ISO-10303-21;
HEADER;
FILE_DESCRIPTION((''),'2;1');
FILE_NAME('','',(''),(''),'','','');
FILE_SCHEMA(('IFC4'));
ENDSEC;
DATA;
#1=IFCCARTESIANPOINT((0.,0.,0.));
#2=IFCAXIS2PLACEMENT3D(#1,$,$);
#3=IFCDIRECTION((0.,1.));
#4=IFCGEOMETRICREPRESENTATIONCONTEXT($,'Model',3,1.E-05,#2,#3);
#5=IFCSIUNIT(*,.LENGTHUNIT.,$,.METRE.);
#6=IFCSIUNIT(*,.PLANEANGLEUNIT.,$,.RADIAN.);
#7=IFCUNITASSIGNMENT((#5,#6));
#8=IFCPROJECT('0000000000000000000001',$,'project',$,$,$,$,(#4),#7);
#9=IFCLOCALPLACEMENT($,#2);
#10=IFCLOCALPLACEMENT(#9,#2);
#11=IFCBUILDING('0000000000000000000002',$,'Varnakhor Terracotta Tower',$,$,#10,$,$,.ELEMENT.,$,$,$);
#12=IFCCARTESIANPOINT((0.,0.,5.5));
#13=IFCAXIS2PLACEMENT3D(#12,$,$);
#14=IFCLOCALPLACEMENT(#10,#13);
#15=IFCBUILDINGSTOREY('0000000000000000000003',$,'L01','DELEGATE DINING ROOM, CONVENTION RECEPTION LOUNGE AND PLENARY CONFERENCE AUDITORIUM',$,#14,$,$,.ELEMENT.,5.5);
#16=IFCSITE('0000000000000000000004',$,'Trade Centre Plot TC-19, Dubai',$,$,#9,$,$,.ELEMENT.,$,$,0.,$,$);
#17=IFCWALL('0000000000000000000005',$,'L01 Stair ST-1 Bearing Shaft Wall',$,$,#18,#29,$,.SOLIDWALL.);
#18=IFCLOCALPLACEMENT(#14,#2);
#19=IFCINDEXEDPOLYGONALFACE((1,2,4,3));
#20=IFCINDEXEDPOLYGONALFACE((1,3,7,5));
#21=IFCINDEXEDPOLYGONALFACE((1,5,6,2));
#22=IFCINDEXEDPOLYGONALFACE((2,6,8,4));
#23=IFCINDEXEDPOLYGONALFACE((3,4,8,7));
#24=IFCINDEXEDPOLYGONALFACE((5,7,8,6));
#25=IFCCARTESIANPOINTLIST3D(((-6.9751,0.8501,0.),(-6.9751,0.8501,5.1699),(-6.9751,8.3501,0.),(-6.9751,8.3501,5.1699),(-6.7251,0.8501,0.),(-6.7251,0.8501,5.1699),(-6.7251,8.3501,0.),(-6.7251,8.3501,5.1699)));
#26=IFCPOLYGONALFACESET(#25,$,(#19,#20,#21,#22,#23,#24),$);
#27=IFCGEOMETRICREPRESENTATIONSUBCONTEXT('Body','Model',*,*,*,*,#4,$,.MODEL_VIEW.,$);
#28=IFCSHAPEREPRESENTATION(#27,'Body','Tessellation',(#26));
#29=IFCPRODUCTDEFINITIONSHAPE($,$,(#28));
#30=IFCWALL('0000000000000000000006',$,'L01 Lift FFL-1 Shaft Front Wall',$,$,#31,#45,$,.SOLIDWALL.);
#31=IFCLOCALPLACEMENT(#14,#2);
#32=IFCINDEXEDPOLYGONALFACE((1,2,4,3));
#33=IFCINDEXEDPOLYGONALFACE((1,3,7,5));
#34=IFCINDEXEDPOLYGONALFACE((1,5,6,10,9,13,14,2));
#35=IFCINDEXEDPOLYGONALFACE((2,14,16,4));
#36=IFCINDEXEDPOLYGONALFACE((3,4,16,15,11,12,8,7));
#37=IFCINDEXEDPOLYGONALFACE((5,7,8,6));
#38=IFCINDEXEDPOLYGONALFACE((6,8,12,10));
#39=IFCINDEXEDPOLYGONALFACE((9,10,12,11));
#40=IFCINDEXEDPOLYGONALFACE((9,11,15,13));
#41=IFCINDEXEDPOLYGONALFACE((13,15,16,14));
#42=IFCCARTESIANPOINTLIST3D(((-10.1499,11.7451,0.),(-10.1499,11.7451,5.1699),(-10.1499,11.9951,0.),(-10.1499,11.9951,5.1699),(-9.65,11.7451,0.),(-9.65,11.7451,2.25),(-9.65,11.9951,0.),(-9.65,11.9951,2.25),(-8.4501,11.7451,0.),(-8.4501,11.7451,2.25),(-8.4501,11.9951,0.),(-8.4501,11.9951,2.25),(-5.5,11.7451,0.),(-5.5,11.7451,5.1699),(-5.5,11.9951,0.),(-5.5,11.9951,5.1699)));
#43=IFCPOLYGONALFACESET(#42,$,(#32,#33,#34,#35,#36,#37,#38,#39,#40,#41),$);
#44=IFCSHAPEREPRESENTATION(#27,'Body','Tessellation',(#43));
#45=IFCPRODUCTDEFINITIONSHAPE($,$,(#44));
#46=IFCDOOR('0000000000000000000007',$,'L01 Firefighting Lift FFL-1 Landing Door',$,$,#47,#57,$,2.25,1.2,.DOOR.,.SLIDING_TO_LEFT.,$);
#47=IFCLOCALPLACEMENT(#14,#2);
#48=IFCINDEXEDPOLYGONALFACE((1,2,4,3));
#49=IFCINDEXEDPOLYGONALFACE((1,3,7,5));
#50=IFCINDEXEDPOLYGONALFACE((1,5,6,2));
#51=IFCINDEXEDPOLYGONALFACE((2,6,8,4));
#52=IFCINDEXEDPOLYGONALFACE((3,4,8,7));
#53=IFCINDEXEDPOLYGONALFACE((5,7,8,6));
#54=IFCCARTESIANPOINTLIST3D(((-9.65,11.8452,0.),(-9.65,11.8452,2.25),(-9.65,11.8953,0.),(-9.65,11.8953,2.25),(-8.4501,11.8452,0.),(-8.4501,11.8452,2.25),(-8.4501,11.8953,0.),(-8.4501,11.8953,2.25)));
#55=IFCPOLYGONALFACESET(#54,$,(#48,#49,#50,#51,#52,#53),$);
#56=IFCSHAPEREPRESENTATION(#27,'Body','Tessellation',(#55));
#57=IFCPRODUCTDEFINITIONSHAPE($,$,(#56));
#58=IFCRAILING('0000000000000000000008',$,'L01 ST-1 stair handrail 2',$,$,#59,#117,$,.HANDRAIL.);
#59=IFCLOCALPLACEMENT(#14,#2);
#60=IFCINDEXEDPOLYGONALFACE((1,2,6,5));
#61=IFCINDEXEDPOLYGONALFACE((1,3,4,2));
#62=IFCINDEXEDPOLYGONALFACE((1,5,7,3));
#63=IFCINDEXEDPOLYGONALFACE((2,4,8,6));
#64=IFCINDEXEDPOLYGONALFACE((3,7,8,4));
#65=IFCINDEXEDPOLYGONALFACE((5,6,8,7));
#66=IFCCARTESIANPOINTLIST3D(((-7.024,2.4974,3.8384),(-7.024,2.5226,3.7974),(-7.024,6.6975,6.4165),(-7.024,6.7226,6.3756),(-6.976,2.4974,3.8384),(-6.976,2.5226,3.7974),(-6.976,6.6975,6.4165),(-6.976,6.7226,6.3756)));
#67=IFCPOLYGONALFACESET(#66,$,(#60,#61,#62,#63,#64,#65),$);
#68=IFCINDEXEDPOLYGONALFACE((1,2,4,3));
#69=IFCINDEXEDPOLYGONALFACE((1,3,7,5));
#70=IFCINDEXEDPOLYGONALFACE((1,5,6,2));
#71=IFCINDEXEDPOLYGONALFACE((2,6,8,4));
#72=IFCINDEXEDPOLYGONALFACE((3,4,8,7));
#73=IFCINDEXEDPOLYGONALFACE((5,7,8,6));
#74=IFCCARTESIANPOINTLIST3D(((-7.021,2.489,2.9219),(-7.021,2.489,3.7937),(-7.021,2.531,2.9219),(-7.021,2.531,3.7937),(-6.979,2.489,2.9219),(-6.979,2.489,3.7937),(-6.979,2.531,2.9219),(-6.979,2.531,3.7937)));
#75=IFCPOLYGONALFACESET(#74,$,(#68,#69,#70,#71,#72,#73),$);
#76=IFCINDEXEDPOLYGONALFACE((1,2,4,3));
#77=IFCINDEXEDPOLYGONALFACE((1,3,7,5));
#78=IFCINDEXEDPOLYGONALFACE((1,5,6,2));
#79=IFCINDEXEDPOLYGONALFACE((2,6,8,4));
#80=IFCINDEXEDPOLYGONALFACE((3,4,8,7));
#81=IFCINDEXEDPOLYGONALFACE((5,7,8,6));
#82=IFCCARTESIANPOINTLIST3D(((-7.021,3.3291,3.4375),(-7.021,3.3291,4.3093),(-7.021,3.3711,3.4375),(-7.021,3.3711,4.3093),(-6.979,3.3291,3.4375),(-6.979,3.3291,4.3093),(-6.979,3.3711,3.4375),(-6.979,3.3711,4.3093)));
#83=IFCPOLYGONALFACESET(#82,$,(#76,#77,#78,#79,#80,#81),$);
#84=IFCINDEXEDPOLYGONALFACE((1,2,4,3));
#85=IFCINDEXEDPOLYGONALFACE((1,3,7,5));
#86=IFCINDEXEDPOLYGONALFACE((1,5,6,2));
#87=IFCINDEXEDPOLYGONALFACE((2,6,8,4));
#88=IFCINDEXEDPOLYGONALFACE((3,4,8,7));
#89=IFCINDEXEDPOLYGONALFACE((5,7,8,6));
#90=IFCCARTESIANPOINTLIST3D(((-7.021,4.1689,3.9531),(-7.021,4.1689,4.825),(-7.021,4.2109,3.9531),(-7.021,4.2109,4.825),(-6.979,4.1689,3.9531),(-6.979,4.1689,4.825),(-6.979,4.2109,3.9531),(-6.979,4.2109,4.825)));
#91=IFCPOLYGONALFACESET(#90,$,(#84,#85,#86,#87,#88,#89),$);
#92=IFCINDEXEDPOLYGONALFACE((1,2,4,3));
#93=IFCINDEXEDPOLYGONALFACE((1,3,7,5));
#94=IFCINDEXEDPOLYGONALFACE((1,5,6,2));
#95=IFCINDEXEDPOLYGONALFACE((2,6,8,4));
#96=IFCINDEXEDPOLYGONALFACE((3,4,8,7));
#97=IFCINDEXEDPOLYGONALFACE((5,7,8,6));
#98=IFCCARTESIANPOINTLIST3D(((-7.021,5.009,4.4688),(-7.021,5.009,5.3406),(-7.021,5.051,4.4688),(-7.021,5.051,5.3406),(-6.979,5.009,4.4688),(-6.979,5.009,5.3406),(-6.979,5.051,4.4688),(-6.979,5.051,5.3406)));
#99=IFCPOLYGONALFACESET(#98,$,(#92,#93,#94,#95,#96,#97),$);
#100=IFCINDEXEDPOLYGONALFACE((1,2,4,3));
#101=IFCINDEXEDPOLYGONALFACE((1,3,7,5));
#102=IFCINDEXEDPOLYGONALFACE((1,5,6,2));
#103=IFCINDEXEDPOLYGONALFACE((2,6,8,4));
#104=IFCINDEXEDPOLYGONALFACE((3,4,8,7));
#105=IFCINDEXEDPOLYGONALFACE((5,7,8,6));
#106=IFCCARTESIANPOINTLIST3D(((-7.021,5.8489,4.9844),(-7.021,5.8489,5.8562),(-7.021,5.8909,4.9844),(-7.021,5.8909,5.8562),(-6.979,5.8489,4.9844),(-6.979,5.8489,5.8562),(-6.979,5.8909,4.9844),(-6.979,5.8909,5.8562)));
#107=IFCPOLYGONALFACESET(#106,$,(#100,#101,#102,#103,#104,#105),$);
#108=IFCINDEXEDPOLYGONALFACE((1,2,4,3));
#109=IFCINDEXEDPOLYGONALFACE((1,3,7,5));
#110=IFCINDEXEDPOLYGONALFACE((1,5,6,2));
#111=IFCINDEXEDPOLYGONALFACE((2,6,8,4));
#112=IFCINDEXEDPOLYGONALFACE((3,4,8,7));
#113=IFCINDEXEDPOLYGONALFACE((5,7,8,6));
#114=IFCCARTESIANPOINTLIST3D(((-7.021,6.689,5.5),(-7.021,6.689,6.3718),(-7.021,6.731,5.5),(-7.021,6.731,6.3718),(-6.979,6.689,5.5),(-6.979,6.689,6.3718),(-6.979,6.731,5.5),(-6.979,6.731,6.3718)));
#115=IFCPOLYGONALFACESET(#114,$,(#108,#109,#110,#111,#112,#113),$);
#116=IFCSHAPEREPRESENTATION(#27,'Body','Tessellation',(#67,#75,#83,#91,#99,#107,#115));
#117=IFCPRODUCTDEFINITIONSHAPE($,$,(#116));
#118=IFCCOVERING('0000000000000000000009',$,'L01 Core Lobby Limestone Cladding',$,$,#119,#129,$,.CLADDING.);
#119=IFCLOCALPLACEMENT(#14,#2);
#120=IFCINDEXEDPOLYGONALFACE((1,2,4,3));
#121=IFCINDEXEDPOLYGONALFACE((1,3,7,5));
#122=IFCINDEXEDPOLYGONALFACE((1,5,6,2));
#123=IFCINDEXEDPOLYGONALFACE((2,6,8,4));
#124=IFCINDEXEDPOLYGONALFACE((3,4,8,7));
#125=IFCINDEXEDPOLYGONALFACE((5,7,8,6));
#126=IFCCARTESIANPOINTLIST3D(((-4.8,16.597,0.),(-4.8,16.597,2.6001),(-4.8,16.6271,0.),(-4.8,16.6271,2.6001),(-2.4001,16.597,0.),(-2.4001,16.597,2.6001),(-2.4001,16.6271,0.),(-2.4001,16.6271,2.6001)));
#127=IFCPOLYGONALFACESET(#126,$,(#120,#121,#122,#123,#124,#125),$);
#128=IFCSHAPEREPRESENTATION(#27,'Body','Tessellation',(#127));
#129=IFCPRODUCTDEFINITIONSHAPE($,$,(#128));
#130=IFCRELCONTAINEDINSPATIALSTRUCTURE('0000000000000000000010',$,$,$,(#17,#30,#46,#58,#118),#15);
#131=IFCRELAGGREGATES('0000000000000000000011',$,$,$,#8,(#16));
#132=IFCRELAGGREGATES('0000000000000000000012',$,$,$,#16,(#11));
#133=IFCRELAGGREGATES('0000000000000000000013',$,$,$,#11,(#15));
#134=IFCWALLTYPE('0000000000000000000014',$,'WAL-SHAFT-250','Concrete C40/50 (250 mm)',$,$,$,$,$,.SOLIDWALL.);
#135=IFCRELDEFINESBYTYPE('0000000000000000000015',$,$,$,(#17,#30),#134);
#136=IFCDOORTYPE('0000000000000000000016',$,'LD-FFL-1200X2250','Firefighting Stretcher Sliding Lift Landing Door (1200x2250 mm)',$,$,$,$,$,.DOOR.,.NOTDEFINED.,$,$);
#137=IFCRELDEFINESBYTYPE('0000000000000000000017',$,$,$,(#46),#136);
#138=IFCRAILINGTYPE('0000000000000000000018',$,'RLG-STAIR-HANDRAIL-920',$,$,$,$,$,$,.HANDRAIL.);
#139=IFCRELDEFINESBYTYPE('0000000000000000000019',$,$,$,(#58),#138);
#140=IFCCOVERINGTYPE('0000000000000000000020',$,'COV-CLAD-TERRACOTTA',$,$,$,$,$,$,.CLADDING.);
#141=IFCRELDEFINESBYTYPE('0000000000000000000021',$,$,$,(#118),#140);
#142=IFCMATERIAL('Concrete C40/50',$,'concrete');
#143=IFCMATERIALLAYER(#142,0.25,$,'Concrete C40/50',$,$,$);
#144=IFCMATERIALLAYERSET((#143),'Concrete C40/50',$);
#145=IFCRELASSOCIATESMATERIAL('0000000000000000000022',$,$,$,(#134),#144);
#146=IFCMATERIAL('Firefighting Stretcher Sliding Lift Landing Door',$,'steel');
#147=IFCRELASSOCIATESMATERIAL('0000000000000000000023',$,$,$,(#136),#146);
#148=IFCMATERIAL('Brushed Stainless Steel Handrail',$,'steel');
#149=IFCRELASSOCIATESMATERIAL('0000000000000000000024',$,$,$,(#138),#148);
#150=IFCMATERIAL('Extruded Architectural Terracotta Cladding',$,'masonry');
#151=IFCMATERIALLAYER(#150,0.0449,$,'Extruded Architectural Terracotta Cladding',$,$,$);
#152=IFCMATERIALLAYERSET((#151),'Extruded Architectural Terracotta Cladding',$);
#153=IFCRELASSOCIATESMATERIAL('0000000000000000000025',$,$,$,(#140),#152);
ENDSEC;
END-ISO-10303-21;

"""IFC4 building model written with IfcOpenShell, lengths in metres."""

from ifc_helpers import new_model, si_unit, direction, frame, frame_2d, origin, origin_2d, place, context, subcontext, project, spatial, rectangle, extrude, source, transform, mapped, material, layer, layer_set, type_object, type_shapes, element, fill, save


model = new_model("IFC4")

# Units and contexts
model_context = context("Model", 3, precision=1e-05, world=origin(), true_north=direction((0.0, 1.0)))
body_context = subcontext(model_context, "Body", "Model", "MODEL_VIEW")
ifc_project = project(units=[si_unit("LENGTHUNIT", "METRE"), si_unit("PLANEANGLEUNIT", "RADIAN")], contexts=[model_context])

# Site, building, storey
site_placement = place(None, origin())
site = spatial("IfcSite", under=ifc_project, at=site_placement, Name="Trade Centre Plot TC-19, Dubai", CompositionType="ELEMENT", RefElevation=0.0)
building_placement = place(site_placement, origin())
building = spatial("IfcBuilding", under=site, at=building_placement, Name="Varnakhor Terracotta Tower", CompositionType="ELEMENT")
storey_placement = place(building_placement, frame((0.0, 0.0, 5.5)))
storey = spatial("IfcBuildingStorey", under=building, at=storey_placement, Name="L01", Description="DELEGATE DINING ROOM, CONVENTION RECEPTION LOUNGE AND PLENARY CONFERENCE AUDITORIUM", CompositionType="ELEMENT", Elevation=5.5)

# Shared definitions
ifc_material_1 = material(Name="Concrete C40/50", Category="concrete")

# Wall
ifc_layer_1 = layer(ifc_material_1, 0.25, Name="Concrete C40/50")
ifc_layer_set_1 = layer_set([ifc_layer_1], Name="Concrete C40/50")
wall_type_1 = type_object("IfcWallType", Name="WAL-SHAFT-250", Description="Concrete C40/50 (250 mm)", PredefinedType="SOLIDWALL", material=ifc_layer_set_1)
wall_1_placement = place(storey_placement, frame((-6.8501, 0.8501, 0.0), z_axis=(0.0, 0.0, 1.0), x_axis=(0.0, 1.0, 0.0)))
element("IfcWall", 1, at=wall_1_placement, inside=storey, type_object=wall_type_1, Name="L01 Stair ST-1 Bearing Shaft Wall", PredefinedType="SOLIDWALL", context=body_context, shape_type="SweptSolid", body=[
    extrude(rectangle(XDim=7.5, YDim=0.25, at=frame_2d((3.75, 0.0))), origin(), (0.0, 0.0, 1.0), 5.1699),
])

# Wall, opening, door
wall_2_placement = place(storey_placement, frame((-5.5, 11.8701, 0.0), z_axis=(0.0, 0.0, 1.0), x_axis=(-1.0, 0.0, 0.0)))
wall_2 = element("IfcWall", 2, at=wall_2_placement, inside=storey, type_object=wall_type_1, Name="L01 Lift FFL-1 Shaft Front Wall", PredefinedType="SOLIDWALL", context=body_context, shape_type="SweptSolid", body=[
    extrude(rectangle(XDim=4.6499, YDim=0.25, at=frame_2d((2.325, 0.0))), origin(), (0.0, 0.0, 1.0), 5.1699),
])
opening_1_placement = place(wall_2_placement, frame((2.95, 0.0, 0.0)))
opening_1 = element("IfcOpeningElement", 3, at=opening_1_placement, cuts=wall_2, PredefinedType="OPENING", context=body_context, shape_type="SweptSolid", body=[
    extrude(rectangle(XDim=1.2, YDim=2.25, at=frame_2d((0.6001, 1.125))), frame((0.0, 0.135, 0.0), z_axis=(0.0, -1.0, 0.0), x_axis=(1.0, 0.0, 0.0)), (0.0, 0.0, 1.0), 0.27),
])
ifc_material_2 = material(Name="Firefighting Stretcher Sliding Lift Landing Door", Category="steel")
door_type_1 = type_object("IfcDoorType", Name="LD-FFL-1200X2250", Description="Firefighting Stretcher Sliding Lift Landing Door (1200x2250 mm)", OperationType="NOTDEFINED", PredefinedType="DOOR", material=ifc_material_2)
shared_shape_1 = source(origin(), body_context, "Body", "SweptSolid", [
    extrude(rectangle(XDim=1.2, YDim=2.25, at=frame_2d((0.6001, 1.125))), frame((0.0, 0.0249, 0.0), z_axis=(0.0, -1.0, 0.0), x_axis=(1.0, 0.0, 0.0)), (0.0, 0.0, 1.0), 0.05),
])
type_shapes(door_type_1, [shared_shape_1])
door_1_placement = place(opening_1_placement, origin())
door_1 = element("IfcDoor", 4, at=door_1_placement, inside=storey, type_object=door_type_1, Name="L01 Firefighting Lift FFL-1 Landing Door", OperationType="SLIDING_TO_LEFT", OverallHeight=2.25, OverallWidth=1.2, PredefinedType="DOOR", context=body_context, shape_type="MappedRepresentation", body=[
    mapped(shared_shape_1, transform((0.0, 0.0, 0.0), scale=1.0)),
])
fill(opening_1, door_1)

# Railing
ifc_material_3 = material(Name="Brushed Stainless Steel Handrail", Category="steel")
railing_type = type_object("IfcRailingType", Name="RLG-STAIR-HANDRAIL-920", PredefinedType="HANDRAIL", material=ifc_material_3)
railing_placement = place(storey_placement, frame((-7.0, 2.51, 2.9219)))
element("IfcRailing", 5, at=railing_placement, inside=storey, type_object=railing_type, Name="L01 ST-1 stair handrail 2", PredefinedType="HANDRAIL", context=body_context, shape_type="SweptSolid", body=[
    extrude(rectangle(XDim=0.0481, YDim=0.0481, at=origin_2d()), frame((0.0, 0.0, 0.896), z_axis=(0.0, 0.852243, 0.523146), x_axis=(-1.0, 0.0, 0.0)), (0.0, 0.0, 1.0), 4.9282),
    extrude(rectangle(XDim=0.042, YDim=0.042, at=origin_2d()), origin(), (0.0, 0.0, 1.0), 0.8718),
    extrude(rectangle(XDim=0.042, YDim=0.042, at=origin_2d()), frame((0.0, 0.8401, 0.5156)), (0.0, 0.0, 1.0), 0.8718),
    extrude(rectangle(XDim=0.042, YDim=0.042, at=origin_2d()), frame((0.0, 1.6799, 1.0312)), (0.0, 0.0, 1.0), 0.8718),
    extrude(rectangle(XDim=0.042, YDim=0.042, at=origin_2d()), frame((0.0, 2.52, 1.5469)), (0.0, 0.0, 1.0), 0.8718),
    extrude(rectangle(XDim=0.042, YDim=0.042, at=origin_2d()), frame((0.0, 3.3599, 2.0625)), (0.0, 0.0, 1.0), 0.8718),
    extrude(rectangle(XDim=0.042, YDim=0.042, at=origin_2d()), frame((0.0, 4.2, 2.5781)), (0.0, 0.0, 1.0), 0.8718),
])

# Covering
ifc_material_4 = material(Name="Extruded Architectural Terracotta Cladding", Category="masonry")
ifc_layer_2 = layer(ifc_material_4, 0.0449, Name="Extruded Architectural Terracotta Cladding")
ifc_layer_set_2 = layer_set([ifc_layer_2], Name="Extruded Architectural Terracotta Cladding")
covering_type = type_object("IfcCoveringType", Name="COV-CLAD-TERRACOTTA", PredefinedType="CLADDING", material=ifc_layer_set_2)
shared_shape_2 = source(origin(), body_context, "Body", "SweptSolid", [
    extrude(rectangle(XDim=2.3999, YDim=0.03, at=origin_2d()), origin(), (0.0, 0.0, 1.0), 2.6001),
])
type_shapes(covering_type, [shared_shape_2])
covering_placement = place(storey_placement, frame((-3.6001, 16.6121, 0.0), z_axis=(0.0, 0.0, 1.0), x_axis=(1.0, 0.0, 0.0)))
element("IfcCovering", 6, at=covering_placement, inside=storey, type_object=covering_type, Name="L01 Core Lobby Limestone Cladding", PredefinedType="CLADDING", context=body_context, shape_type="MappedRepresentation", body=[
    mapped(shared_shape_2, transform((0.0, 0.0, 0.0), scale=1.0)),
])

save(model, "model.ifc")
